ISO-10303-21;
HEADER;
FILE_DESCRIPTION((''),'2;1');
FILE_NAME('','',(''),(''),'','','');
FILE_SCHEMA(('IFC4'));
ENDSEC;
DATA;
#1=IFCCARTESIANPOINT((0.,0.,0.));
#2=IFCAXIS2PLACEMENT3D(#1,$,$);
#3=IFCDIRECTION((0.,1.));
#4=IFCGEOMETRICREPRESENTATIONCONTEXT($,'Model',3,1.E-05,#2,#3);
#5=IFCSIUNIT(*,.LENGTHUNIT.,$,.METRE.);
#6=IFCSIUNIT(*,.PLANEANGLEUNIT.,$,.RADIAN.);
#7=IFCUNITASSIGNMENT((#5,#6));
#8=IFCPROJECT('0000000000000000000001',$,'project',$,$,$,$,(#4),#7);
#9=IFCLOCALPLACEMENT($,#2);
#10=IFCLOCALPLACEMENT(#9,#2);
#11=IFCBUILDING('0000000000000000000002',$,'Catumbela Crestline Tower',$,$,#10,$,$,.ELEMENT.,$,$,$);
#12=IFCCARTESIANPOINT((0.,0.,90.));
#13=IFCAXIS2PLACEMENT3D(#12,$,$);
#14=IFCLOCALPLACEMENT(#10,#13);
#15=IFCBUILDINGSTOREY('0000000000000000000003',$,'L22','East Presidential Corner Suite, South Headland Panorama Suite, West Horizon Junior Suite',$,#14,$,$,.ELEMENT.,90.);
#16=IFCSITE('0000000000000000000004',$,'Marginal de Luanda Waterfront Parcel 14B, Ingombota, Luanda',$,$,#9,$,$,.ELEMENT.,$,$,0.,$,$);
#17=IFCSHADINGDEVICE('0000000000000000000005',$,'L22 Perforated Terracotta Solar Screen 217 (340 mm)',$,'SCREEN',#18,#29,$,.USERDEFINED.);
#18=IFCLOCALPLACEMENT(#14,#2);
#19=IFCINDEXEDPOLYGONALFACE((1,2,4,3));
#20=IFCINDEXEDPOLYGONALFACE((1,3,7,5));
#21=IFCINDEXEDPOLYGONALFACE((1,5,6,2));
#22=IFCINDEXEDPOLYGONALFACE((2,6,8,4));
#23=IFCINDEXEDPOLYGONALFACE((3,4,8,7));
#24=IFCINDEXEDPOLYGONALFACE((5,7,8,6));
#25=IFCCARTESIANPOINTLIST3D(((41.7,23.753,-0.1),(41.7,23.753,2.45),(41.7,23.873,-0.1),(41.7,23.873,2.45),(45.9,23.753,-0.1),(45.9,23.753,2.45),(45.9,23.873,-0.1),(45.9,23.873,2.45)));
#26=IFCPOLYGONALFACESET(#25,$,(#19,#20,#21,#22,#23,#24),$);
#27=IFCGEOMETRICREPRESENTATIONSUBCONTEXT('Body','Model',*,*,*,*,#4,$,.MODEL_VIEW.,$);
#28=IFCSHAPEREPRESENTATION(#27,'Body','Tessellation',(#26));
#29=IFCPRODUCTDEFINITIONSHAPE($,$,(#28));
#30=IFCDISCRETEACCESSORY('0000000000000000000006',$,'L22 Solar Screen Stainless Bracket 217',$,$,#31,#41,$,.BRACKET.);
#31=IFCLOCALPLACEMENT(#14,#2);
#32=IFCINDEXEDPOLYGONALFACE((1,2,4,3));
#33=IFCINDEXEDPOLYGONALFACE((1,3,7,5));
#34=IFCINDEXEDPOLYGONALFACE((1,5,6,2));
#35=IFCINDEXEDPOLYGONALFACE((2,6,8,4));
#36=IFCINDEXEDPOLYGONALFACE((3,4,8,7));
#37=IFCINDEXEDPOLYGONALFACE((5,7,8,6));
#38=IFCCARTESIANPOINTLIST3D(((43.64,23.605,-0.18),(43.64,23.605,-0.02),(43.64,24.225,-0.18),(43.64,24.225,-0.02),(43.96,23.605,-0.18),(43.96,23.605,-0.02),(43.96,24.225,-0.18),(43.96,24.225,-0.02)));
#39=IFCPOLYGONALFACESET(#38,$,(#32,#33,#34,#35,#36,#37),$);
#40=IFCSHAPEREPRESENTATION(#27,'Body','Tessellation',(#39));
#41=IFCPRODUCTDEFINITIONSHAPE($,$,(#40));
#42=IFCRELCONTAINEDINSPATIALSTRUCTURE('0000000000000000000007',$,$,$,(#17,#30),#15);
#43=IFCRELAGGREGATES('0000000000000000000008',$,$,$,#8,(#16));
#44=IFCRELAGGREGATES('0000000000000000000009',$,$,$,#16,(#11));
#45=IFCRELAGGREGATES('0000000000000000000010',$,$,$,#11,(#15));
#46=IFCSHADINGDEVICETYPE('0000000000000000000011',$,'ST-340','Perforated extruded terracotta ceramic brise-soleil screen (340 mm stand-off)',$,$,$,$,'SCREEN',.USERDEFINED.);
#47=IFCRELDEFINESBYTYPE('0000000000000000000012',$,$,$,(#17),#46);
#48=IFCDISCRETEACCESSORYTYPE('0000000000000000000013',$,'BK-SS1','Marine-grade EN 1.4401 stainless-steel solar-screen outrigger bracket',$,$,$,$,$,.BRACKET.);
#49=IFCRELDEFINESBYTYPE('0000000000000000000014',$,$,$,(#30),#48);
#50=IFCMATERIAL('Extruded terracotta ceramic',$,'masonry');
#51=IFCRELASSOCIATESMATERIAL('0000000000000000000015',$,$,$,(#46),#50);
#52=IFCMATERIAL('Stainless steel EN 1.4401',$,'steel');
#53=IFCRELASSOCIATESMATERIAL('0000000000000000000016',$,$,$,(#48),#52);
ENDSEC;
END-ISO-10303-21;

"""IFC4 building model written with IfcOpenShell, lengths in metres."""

from ifc_helpers import new_model, si_unit, direction, frame, origin, origin_2d, place, context, subcontext, project, spatial, rectangle, extrude, material, type_object, element, save


model = new_model("IFC4")

# Units and contexts
model_context = context("Model", 3, precision=1e-05, world=origin(), true_north=direction((0.0, 1.0)))
body_context = subcontext(model_context, "Body", "Model", "MODEL_VIEW")
ifc_project = project(units=[si_unit("LENGTHUNIT", "METRE"), si_unit("PLANEANGLEUNIT", "RADIAN")], contexts=[model_context])

# Site, building, storey
site_placement = place(None, origin())
site = spatial("IfcSite", under=ifc_project, at=site_placement, Name="Marginal de Luanda Waterfront Parcel 14B, Ingombota, Luanda", CompositionType="ELEMENT", RefElevation=0.0)
building_placement = place(site_placement, origin())
building = spatial("IfcBuilding", under=site, at=building_placement, Name="Catumbela Crestline Tower", CompositionType="ELEMENT")
storey_placement = place(building_placement, frame((0.0, 0.0, 90.0)))
storey = spatial("IfcBuildingStorey", under=building, at=storey_placement, Name="L22", Description="East Presidential Corner Suite, South Headland Panorama Suite, West Horizon Junior Suite", CompositionType="ELEMENT", Elevation=90.0)

# Shading device
ifc_material_1 = material(Name="Extruded terracotta ceramic", Category="masonry")
shading_device_type = type_object("IfcShadingDeviceType", Name="ST-340", Description="Perforated extruded terracotta ceramic brise-soleil screen (340 mm stand-off)", ElementType="SCREEN", PredefinedType="USERDEFINED", material=ifc_material_1)
shading_device_placement = place(storey_placement, frame((43.8, 23.813, -0.1), z_axis=(0.0, 0.0, 1.0), x_axis=(1.0, 0.0, 0.0)))
element("IfcShadingDevice", 1, at=shading_device_placement, inside=storey, type_object=shading_device_type, Name="L22 Perforated Terracotta Solar Screen 217 (340 mm)", ObjectType="SCREEN", PredefinedType="USERDEFINED", context=body_context, shape_type="SweptSolid", body=[
    extrude(rectangle(XDim=4.2, YDim=0.12, at=origin_2d()), origin(), (0.0, 0.0, 1.0), 2.55),
])

# Discrete accessory
ifc_material_2 = material(Name="Stainless steel EN 1.4401", Category="steel")
discrete_accessory_type = type_object("IfcDiscreteAccessoryType", Name="BK-SS1", Description="Marine-grade EN 1.4401 stainless-steel solar-screen outrigger bracket", PredefinedType="BRACKET", material=ifc_material_2)
discrete_accessory_placement = place(storey_placement, frame((43.8, 23.915, -0.18), z_axis=(0.0, 0.0, 1.0), x_axis=(1.0, 0.0, 0.0)))
element("IfcDiscreteAccessory", 2, at=discrete_accessory_placement, inside=storey, type_object=discrete_accessory_type, Name="L22 Solar Screen Stainless Bracket 217", PredefinedType="BRACKET", context=body_context, shape_type="SweptSolid", body=[
    extrude(rectangle(XDim=0.32, YDim=0.62, at=origin_2d()), origin(), (0.0, 0.0, 1.0), 0.16),
])

save(model, "model.ifc")
